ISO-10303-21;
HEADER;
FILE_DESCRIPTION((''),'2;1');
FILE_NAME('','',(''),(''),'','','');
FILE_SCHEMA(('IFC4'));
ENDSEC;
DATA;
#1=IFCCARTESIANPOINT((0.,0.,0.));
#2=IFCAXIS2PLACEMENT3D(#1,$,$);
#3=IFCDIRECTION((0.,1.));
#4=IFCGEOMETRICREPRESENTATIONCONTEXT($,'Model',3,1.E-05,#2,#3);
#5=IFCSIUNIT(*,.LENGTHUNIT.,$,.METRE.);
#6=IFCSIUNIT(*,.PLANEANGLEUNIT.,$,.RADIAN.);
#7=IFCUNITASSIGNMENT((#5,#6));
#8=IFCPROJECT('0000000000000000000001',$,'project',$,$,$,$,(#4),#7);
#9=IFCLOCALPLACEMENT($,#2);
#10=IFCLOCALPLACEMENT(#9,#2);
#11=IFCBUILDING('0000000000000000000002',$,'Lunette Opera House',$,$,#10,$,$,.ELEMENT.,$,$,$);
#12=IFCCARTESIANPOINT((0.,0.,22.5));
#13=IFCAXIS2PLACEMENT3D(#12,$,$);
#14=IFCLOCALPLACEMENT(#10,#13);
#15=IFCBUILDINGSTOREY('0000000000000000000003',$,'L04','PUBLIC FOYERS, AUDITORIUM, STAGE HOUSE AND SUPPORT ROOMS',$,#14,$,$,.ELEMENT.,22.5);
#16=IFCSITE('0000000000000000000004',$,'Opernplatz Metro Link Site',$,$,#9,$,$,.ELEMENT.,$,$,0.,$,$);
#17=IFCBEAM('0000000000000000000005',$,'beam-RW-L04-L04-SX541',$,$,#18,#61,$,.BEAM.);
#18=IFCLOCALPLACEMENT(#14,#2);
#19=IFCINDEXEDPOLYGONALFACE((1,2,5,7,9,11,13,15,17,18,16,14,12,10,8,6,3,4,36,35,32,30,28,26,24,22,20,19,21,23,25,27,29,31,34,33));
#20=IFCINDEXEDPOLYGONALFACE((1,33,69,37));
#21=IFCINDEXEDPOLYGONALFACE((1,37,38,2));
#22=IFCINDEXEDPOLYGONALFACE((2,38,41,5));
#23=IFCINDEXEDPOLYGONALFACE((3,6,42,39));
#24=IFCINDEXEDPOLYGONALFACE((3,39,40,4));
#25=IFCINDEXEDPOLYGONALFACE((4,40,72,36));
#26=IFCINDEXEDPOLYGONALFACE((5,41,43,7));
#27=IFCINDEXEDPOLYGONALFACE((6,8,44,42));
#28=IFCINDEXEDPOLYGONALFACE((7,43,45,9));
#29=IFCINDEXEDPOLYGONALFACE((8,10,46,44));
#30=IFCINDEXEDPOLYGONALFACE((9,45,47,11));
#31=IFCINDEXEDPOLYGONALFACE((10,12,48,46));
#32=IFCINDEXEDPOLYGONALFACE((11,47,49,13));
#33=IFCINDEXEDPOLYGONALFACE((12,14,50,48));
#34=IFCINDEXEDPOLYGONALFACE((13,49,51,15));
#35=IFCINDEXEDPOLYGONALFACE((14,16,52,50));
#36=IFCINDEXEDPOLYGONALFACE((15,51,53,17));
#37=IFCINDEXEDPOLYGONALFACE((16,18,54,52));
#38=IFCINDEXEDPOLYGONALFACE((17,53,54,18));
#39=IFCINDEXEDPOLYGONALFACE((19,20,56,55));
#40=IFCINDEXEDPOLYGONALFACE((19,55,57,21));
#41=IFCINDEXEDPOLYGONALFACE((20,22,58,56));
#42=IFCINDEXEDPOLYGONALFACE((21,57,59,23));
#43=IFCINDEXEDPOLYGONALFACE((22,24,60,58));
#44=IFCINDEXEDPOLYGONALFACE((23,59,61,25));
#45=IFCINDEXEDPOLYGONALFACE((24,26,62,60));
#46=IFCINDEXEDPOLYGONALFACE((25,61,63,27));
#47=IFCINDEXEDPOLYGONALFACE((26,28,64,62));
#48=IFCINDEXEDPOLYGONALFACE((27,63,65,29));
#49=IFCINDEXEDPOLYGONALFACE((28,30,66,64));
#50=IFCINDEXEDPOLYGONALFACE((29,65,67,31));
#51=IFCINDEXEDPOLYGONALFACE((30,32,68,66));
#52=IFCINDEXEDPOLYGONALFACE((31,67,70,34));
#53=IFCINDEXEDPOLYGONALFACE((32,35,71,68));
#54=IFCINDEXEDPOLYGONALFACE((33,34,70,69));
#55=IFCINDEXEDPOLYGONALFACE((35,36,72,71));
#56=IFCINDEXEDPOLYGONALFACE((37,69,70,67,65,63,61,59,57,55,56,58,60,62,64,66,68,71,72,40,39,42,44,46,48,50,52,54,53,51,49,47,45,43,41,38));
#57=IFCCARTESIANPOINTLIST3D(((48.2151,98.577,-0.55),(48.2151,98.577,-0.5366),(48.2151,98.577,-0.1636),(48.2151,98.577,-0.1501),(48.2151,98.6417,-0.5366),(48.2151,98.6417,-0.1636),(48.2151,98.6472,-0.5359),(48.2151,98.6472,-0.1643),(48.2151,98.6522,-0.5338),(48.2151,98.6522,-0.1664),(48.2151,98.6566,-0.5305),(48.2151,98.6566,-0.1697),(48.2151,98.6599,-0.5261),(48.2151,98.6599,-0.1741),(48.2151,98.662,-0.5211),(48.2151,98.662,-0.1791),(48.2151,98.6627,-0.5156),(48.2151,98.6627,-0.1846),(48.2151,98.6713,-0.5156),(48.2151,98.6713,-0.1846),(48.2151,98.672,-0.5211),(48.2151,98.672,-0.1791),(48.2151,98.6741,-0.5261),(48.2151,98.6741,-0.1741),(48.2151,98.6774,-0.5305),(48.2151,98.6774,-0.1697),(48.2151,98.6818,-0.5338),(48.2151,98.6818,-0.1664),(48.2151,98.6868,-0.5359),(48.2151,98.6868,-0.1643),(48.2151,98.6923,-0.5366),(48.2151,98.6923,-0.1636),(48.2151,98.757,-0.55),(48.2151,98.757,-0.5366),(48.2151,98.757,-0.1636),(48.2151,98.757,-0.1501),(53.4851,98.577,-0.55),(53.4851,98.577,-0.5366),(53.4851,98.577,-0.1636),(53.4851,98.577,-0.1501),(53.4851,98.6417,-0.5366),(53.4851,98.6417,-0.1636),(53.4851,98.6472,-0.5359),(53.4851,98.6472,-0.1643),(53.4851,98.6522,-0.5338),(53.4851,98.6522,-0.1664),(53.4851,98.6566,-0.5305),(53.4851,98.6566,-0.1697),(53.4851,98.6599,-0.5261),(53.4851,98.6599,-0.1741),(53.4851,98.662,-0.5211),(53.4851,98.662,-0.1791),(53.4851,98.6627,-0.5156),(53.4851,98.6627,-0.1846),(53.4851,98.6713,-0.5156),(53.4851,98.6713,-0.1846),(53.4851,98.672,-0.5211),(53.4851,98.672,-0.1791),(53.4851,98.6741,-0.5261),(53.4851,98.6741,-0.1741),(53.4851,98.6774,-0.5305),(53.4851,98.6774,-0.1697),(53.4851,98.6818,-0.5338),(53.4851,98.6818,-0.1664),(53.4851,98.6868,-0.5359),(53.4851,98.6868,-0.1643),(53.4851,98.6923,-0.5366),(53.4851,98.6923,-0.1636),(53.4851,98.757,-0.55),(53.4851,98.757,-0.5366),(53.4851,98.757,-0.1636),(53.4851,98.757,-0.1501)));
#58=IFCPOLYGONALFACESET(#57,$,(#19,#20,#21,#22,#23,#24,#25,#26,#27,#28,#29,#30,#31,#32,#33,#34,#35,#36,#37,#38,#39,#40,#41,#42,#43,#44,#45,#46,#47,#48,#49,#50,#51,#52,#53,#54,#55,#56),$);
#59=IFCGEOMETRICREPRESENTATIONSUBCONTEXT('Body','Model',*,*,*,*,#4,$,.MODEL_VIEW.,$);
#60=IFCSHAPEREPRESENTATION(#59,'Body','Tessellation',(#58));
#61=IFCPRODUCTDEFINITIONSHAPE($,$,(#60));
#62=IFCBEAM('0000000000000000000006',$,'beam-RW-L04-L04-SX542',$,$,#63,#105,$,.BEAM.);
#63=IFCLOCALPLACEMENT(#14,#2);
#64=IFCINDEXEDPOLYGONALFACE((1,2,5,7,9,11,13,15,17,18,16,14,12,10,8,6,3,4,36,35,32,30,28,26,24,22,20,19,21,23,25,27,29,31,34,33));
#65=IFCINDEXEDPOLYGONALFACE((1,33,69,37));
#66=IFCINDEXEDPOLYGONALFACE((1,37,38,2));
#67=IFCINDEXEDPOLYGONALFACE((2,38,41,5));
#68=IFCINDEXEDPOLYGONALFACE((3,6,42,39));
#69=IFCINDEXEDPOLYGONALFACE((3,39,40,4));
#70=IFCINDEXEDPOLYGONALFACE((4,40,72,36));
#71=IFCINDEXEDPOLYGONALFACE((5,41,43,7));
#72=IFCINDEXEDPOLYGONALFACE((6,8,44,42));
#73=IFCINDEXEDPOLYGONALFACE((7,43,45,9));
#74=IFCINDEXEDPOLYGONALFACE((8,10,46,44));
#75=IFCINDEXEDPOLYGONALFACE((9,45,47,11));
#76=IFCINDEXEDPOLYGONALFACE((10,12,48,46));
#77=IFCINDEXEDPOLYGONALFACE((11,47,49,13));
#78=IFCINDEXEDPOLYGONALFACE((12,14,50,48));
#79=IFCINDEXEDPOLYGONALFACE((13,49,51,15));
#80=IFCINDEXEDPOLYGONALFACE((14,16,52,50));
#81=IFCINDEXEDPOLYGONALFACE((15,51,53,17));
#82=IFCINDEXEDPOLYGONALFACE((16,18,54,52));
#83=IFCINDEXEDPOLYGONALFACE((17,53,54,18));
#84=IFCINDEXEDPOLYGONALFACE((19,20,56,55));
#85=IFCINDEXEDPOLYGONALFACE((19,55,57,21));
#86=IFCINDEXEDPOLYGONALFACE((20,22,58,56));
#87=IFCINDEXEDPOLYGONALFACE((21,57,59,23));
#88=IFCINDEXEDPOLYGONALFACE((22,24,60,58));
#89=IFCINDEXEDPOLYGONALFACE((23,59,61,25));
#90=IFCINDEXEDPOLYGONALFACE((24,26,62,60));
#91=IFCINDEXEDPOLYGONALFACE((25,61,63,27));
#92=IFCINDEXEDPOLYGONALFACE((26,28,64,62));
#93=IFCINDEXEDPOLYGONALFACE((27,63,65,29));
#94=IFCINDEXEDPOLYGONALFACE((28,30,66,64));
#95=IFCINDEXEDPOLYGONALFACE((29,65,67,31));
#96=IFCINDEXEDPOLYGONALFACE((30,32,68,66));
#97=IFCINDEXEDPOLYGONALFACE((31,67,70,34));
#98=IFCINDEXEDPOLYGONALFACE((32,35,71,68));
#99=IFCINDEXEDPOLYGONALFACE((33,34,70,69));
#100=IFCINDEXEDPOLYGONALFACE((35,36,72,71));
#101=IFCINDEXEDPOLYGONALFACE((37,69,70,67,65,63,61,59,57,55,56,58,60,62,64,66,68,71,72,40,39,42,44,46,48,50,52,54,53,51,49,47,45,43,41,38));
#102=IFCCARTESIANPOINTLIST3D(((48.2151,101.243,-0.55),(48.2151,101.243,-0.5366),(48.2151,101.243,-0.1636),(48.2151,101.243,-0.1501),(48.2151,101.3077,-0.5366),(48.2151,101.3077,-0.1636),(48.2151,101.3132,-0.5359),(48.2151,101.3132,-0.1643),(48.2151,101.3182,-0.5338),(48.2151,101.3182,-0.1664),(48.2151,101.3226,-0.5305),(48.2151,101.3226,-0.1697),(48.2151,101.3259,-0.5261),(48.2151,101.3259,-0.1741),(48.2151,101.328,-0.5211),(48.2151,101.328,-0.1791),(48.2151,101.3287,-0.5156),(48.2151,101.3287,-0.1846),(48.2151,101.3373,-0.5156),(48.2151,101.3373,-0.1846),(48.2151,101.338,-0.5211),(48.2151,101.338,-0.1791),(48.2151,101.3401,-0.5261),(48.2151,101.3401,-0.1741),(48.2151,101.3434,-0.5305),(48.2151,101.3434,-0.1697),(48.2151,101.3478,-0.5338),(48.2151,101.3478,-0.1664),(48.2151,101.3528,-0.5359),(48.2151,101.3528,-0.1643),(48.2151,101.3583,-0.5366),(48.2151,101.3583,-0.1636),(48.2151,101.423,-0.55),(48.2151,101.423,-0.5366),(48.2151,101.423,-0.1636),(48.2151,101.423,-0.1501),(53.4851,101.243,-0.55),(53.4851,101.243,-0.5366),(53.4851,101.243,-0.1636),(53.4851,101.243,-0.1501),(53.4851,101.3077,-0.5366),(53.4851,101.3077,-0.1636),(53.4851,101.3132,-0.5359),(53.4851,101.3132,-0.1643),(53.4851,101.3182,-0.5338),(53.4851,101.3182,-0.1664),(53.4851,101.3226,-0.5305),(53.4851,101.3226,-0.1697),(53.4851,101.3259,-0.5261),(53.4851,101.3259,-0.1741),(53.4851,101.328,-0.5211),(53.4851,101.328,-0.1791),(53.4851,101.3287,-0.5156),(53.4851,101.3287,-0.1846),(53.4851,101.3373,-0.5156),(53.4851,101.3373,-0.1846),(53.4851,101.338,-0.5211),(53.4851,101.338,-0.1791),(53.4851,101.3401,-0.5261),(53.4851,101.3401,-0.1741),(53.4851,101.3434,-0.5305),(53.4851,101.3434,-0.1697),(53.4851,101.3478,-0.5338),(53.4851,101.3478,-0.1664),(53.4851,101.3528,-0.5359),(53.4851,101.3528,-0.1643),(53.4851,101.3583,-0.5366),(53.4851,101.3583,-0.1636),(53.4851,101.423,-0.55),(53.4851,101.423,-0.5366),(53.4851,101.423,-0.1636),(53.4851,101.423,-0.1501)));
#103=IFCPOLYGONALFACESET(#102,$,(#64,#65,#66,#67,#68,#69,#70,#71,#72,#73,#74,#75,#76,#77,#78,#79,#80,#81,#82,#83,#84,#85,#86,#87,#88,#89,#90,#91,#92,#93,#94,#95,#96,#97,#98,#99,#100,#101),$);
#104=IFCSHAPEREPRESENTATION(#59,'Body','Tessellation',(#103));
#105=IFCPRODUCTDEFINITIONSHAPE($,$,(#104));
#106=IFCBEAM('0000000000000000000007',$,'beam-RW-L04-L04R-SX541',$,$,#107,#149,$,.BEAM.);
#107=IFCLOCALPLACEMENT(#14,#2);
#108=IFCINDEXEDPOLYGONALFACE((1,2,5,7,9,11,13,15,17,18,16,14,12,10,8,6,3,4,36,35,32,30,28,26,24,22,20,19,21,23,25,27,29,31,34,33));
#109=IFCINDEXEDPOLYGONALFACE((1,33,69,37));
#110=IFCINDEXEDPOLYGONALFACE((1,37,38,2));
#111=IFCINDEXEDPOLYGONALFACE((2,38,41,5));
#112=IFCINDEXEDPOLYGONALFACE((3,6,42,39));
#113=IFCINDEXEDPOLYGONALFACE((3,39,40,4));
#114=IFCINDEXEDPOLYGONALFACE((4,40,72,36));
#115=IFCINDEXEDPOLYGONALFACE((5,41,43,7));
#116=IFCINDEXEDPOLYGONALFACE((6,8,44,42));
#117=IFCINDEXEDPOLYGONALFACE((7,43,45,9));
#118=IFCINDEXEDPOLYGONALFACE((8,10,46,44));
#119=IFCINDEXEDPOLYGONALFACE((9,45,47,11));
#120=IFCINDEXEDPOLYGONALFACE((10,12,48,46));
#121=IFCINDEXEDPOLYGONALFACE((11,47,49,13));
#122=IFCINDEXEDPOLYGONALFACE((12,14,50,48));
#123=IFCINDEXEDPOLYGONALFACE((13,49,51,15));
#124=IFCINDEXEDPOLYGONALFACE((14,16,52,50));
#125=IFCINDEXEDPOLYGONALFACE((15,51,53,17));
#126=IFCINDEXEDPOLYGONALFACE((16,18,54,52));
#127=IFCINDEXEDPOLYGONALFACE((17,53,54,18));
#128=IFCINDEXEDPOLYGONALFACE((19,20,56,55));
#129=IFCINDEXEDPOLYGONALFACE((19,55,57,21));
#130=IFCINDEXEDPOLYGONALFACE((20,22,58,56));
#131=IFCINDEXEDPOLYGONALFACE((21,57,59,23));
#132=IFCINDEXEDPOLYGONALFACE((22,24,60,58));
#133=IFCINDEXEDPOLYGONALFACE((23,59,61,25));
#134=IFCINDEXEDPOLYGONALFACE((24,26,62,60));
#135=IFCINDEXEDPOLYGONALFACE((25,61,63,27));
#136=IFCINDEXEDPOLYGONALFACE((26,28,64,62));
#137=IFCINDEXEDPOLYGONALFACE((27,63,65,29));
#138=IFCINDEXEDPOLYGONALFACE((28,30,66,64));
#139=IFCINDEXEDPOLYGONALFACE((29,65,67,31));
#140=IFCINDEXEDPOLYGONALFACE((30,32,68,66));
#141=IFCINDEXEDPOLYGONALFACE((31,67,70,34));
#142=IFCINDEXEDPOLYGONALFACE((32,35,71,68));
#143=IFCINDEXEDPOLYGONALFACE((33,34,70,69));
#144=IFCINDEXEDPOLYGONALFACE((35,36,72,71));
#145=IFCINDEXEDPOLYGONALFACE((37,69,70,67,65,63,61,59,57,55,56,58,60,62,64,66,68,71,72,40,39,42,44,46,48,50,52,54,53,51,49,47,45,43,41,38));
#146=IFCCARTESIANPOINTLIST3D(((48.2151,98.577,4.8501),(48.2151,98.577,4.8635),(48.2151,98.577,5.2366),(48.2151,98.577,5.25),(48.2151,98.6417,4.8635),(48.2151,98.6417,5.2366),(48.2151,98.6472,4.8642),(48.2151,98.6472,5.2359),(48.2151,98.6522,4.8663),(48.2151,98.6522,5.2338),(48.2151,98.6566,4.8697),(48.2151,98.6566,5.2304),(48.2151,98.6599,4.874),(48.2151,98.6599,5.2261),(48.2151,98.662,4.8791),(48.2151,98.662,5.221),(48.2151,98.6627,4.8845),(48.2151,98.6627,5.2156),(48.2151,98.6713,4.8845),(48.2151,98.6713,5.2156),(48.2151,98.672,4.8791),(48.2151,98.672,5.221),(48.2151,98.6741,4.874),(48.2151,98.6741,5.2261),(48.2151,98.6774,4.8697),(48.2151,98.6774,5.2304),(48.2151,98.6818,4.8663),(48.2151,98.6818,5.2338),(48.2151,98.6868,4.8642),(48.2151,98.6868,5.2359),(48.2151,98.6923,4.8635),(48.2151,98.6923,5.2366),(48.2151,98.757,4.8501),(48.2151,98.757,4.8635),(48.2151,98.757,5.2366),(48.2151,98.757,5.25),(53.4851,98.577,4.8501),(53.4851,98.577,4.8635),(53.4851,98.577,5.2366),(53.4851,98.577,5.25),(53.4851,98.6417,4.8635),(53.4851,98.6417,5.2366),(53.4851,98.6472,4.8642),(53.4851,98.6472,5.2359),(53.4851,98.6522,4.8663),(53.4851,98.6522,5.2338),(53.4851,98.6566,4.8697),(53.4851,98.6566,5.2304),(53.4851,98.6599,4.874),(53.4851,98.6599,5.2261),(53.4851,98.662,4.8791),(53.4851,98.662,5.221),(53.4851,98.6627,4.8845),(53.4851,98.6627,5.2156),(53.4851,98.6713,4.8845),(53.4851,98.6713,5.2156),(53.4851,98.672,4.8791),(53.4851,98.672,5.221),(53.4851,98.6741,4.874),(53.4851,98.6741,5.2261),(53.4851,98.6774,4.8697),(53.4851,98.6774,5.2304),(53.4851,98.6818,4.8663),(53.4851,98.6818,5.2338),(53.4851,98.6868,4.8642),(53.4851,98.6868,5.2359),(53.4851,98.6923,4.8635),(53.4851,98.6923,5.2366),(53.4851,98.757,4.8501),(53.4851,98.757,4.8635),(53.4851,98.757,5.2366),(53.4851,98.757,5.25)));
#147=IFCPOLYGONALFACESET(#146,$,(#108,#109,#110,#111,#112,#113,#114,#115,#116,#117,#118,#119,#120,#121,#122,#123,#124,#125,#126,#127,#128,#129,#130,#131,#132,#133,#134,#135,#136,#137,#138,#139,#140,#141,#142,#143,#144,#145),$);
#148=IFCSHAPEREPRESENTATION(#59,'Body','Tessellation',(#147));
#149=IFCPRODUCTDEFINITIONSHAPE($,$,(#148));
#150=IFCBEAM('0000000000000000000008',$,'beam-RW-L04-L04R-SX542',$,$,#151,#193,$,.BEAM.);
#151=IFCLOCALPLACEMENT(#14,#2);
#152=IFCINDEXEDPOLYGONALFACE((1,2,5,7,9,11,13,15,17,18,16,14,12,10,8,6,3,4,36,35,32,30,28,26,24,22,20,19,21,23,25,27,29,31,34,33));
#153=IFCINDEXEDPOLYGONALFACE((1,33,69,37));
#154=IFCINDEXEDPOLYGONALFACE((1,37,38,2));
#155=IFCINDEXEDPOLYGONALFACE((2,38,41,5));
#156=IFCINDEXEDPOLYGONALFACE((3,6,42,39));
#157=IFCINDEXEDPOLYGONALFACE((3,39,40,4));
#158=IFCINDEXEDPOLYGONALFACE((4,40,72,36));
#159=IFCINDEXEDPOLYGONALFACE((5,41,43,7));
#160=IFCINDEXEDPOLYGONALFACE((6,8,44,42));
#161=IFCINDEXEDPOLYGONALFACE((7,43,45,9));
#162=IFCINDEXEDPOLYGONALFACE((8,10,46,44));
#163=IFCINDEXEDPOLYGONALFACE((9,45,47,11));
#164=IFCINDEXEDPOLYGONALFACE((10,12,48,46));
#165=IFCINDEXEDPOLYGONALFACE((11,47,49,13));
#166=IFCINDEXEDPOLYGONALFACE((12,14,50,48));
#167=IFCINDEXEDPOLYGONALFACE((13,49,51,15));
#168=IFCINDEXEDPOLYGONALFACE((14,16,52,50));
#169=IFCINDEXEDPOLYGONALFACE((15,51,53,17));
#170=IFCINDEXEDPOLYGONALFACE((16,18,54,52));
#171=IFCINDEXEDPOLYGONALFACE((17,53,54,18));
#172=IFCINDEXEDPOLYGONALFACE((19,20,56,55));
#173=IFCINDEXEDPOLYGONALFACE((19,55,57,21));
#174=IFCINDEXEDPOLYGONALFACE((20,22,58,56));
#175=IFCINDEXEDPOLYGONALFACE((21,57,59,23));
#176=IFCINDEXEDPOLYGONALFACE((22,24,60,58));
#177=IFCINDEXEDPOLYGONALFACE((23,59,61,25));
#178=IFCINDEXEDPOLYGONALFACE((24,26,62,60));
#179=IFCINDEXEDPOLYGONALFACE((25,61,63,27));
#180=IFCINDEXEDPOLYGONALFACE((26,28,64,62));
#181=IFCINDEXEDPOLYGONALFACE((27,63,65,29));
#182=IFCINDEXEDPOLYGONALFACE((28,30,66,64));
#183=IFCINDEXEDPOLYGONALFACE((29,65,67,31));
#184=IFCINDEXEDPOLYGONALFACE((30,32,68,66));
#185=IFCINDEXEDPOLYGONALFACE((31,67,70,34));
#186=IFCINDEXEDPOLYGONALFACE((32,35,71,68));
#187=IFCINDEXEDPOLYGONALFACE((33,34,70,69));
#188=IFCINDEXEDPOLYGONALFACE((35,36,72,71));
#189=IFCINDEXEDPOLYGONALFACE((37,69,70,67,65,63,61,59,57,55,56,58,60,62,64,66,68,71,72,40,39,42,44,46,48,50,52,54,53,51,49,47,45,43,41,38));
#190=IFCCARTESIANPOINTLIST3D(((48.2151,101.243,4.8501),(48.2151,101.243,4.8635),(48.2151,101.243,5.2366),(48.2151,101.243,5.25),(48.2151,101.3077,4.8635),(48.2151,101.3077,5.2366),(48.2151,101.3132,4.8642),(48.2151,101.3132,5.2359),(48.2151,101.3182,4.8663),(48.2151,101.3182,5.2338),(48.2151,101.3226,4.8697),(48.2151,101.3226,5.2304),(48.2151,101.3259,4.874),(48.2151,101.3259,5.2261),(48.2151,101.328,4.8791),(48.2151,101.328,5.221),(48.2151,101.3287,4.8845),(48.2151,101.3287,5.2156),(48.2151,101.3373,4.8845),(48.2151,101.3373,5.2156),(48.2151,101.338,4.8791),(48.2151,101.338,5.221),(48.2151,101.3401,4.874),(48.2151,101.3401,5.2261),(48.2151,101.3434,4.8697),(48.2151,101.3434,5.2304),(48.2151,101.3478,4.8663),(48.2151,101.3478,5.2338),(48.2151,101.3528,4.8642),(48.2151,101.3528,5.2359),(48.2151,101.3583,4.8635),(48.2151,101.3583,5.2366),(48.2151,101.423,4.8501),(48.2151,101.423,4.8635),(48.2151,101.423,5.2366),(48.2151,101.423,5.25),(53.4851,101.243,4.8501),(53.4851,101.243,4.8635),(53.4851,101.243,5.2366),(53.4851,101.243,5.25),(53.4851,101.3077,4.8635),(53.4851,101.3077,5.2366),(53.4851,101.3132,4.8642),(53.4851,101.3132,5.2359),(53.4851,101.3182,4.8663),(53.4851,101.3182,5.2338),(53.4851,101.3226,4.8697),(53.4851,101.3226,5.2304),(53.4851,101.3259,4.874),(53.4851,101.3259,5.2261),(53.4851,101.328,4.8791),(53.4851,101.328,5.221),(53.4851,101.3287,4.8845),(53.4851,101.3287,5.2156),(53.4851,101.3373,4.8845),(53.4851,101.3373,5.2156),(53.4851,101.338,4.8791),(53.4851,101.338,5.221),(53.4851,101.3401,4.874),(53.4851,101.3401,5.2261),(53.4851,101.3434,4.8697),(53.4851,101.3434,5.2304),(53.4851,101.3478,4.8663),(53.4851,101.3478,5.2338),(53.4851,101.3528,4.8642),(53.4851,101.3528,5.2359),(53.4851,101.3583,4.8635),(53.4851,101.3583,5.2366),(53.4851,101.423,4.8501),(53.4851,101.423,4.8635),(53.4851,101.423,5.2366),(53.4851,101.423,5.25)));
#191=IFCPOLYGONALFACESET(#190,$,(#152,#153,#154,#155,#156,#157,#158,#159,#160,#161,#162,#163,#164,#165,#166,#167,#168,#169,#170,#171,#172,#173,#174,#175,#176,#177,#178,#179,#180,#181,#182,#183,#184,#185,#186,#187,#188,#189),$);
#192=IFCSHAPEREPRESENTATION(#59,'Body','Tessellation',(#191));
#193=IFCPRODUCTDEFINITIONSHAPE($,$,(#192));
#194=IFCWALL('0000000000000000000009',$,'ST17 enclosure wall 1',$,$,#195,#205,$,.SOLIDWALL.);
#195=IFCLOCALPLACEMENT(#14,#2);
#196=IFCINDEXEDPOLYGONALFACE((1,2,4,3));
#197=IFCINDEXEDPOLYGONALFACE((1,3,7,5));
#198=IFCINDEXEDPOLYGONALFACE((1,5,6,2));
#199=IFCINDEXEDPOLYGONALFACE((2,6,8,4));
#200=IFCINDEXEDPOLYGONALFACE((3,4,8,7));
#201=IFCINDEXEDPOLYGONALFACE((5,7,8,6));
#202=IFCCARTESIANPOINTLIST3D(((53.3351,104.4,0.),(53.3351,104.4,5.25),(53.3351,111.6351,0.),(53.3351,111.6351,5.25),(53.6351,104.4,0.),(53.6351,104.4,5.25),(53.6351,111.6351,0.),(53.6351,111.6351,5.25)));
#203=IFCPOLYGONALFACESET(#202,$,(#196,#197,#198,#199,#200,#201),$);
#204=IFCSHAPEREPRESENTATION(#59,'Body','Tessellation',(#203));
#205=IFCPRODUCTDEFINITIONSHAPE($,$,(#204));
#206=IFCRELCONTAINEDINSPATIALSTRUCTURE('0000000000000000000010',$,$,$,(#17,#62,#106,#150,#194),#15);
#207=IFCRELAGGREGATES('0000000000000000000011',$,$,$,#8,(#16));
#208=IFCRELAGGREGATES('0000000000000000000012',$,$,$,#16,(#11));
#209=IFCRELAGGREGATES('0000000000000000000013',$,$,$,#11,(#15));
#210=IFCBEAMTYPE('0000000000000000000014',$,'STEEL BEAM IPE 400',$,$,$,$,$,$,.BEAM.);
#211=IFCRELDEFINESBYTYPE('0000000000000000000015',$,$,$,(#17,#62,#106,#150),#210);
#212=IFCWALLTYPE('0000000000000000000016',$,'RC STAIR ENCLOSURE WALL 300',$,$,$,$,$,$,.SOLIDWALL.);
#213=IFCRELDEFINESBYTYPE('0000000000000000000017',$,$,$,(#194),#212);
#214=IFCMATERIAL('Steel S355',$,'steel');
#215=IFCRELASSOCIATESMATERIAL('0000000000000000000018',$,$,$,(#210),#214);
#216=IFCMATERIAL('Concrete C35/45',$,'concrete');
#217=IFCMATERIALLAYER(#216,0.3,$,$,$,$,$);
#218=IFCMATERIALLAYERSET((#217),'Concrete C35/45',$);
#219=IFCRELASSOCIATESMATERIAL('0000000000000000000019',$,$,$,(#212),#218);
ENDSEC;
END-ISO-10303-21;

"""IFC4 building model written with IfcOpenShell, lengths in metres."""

from ifc_helpers import new_model, si_unit, direction, frame, frame_2d, origin, origin_2d, place, context, subcontext, project, spatial, rectangle, i_section, extrude, material, layer, layer_set, material_profile, profile_set, type_object, element, save


model = new_model("IFC4")

# Units and contexts
model_context = context("Model", 3, precision=1e-05, world=origin(), true_north=direction((0.0, 1.0)))
body_context = subcontext(model_context, "Body", "Model", "MODEL_VIEW")
ifc_project = project(units=[si_unit("LENGTHUNIT", "METRE"), si_unit("PLANEANGLEUNIT", "RADIAN")], contexts=[model_context])

# Site, building, storey
site_placement = place(None, origin())
site = spatial("IfcSite", under=ifc_project, at=site_placement, Name="Opernplatz Metro Link Site", CompositionType="ELEMENT", RefElevation=0.0)
building_placement = place(site_placement, origin())
building = spatial("IfcBuilding", under=site, at=building_placement, Name="Lunette Opera House", CompositionType="ELEMENT")
storey_placement = place(building_placement, frame((0.0, 0.0, 22.5)))
storey = spatial("IfcBuildingStorey", under=building, at=storey_placement, Name="L04", Description="PUBLIC FOYERS, AUDITORIUM, STAGE HOUSE AND SUPPORT ROOMS", CompositionType="ELEMENT", Elevation=22.5)

# Beams
ifc_material_1 = material(Name="Steel S355", Category="steel")
ifc_material_profile_1 = material_profile(ifc_material_1, i_section(OverallWidth=0.1799, OverallDepth=0.3999, WebThickness=0.0085, FlangeThickness=0.0134, FilletRadius=0.021, at=origin_2d()), Name="IPE 400")
ifc_profile_set_1 = profile_set([ifc_material_profile_1], Name="Steel S355")
beam_type_1 = type_object("IfcBeamType", Name="STEEL BEAM IPE 400", PredefinedType="BEAM", material=ifc_profile_set_1)
for number, where, z_axis, x_axis, name in (
    (1, (48.2151, 98.667, -0.3501), (1.0, 0.0, 0.0), (0.0, 1.0, 0.0), "beam-RW-L04-L04-SX541"),
    (2, (48.2151, 101.333, -0.3501), (1.0, 0.0, 0.0), (0.0, 1.0, 0.0), "beam-RW-L04-L04-SX542"),
    (3, (48.2151, 98.667, 5.05), (1.0, 0.0, 0.0), (0.0, 1.0, 0.0), "beam-RW-L04-L04R-SX541"),
    (4, (48.2151, 101.333, 5.05), (1.0, 0.0, 0.0), (0.0, 1.0, 0.0), "beam-RW-L04-L04R-SX542"),
):
    element("IfcBeam", number, at=place(storey_placement, frame(where, z_axis=z_axis, x_axis=x_axis)), inside=storey, type_object=beam_type_1, Name=name, PredefinedType="BEAM", context=body_context, shape_type="SweptSolid", body=[
        extrude(i_section(OverallWidth=0.1799, OverallDepth=0.3999, WebThickness=0.0085, FlangeThickness=0.0134, FilletRadius=0.021, at=origin_2d()), origin(), (0.0, 0.0, 1.0), 5.27),
    ])

# Wall
ifc_material_2 = material(Name="Concrete C35/45", Category="concrete")
ifc_layer_1 = layer(ifc_material_2, 0.3)
ifc_layer_set_1 = layer_set([ifc_layer_1], Name="Concrete C35/45")
wall_type_1 = type_object("IfcWallType", Name="RC STAIR ENCLOSURE WALL 300", PredefinedType="SOLIDWALL", material=ifc_layer_set_1)
wall_1_placement = place(storey_placement, frame((53.4851, 104.3999, 0.0), z_axis=(0.0, 0.0, 1.0), x_axis=(0.0, 1.0, 0.0)))
element("IfcWall", 5, at=wall_1_placement, inside=storey, type_object=wall_type_1, Name="ST17 enclosure wall 1", PredefinedType="SOLIDWALL", context=body_context, shape_type="SweptSolid", body=[
    extrude(rectangle(XDim=7.2351, YDim=0.3, at=frame_2d((3.6177, 0.0))), origin(), (0.0, 0.0, 1.0), 5.25),
])

save(model, "model.ifc")
